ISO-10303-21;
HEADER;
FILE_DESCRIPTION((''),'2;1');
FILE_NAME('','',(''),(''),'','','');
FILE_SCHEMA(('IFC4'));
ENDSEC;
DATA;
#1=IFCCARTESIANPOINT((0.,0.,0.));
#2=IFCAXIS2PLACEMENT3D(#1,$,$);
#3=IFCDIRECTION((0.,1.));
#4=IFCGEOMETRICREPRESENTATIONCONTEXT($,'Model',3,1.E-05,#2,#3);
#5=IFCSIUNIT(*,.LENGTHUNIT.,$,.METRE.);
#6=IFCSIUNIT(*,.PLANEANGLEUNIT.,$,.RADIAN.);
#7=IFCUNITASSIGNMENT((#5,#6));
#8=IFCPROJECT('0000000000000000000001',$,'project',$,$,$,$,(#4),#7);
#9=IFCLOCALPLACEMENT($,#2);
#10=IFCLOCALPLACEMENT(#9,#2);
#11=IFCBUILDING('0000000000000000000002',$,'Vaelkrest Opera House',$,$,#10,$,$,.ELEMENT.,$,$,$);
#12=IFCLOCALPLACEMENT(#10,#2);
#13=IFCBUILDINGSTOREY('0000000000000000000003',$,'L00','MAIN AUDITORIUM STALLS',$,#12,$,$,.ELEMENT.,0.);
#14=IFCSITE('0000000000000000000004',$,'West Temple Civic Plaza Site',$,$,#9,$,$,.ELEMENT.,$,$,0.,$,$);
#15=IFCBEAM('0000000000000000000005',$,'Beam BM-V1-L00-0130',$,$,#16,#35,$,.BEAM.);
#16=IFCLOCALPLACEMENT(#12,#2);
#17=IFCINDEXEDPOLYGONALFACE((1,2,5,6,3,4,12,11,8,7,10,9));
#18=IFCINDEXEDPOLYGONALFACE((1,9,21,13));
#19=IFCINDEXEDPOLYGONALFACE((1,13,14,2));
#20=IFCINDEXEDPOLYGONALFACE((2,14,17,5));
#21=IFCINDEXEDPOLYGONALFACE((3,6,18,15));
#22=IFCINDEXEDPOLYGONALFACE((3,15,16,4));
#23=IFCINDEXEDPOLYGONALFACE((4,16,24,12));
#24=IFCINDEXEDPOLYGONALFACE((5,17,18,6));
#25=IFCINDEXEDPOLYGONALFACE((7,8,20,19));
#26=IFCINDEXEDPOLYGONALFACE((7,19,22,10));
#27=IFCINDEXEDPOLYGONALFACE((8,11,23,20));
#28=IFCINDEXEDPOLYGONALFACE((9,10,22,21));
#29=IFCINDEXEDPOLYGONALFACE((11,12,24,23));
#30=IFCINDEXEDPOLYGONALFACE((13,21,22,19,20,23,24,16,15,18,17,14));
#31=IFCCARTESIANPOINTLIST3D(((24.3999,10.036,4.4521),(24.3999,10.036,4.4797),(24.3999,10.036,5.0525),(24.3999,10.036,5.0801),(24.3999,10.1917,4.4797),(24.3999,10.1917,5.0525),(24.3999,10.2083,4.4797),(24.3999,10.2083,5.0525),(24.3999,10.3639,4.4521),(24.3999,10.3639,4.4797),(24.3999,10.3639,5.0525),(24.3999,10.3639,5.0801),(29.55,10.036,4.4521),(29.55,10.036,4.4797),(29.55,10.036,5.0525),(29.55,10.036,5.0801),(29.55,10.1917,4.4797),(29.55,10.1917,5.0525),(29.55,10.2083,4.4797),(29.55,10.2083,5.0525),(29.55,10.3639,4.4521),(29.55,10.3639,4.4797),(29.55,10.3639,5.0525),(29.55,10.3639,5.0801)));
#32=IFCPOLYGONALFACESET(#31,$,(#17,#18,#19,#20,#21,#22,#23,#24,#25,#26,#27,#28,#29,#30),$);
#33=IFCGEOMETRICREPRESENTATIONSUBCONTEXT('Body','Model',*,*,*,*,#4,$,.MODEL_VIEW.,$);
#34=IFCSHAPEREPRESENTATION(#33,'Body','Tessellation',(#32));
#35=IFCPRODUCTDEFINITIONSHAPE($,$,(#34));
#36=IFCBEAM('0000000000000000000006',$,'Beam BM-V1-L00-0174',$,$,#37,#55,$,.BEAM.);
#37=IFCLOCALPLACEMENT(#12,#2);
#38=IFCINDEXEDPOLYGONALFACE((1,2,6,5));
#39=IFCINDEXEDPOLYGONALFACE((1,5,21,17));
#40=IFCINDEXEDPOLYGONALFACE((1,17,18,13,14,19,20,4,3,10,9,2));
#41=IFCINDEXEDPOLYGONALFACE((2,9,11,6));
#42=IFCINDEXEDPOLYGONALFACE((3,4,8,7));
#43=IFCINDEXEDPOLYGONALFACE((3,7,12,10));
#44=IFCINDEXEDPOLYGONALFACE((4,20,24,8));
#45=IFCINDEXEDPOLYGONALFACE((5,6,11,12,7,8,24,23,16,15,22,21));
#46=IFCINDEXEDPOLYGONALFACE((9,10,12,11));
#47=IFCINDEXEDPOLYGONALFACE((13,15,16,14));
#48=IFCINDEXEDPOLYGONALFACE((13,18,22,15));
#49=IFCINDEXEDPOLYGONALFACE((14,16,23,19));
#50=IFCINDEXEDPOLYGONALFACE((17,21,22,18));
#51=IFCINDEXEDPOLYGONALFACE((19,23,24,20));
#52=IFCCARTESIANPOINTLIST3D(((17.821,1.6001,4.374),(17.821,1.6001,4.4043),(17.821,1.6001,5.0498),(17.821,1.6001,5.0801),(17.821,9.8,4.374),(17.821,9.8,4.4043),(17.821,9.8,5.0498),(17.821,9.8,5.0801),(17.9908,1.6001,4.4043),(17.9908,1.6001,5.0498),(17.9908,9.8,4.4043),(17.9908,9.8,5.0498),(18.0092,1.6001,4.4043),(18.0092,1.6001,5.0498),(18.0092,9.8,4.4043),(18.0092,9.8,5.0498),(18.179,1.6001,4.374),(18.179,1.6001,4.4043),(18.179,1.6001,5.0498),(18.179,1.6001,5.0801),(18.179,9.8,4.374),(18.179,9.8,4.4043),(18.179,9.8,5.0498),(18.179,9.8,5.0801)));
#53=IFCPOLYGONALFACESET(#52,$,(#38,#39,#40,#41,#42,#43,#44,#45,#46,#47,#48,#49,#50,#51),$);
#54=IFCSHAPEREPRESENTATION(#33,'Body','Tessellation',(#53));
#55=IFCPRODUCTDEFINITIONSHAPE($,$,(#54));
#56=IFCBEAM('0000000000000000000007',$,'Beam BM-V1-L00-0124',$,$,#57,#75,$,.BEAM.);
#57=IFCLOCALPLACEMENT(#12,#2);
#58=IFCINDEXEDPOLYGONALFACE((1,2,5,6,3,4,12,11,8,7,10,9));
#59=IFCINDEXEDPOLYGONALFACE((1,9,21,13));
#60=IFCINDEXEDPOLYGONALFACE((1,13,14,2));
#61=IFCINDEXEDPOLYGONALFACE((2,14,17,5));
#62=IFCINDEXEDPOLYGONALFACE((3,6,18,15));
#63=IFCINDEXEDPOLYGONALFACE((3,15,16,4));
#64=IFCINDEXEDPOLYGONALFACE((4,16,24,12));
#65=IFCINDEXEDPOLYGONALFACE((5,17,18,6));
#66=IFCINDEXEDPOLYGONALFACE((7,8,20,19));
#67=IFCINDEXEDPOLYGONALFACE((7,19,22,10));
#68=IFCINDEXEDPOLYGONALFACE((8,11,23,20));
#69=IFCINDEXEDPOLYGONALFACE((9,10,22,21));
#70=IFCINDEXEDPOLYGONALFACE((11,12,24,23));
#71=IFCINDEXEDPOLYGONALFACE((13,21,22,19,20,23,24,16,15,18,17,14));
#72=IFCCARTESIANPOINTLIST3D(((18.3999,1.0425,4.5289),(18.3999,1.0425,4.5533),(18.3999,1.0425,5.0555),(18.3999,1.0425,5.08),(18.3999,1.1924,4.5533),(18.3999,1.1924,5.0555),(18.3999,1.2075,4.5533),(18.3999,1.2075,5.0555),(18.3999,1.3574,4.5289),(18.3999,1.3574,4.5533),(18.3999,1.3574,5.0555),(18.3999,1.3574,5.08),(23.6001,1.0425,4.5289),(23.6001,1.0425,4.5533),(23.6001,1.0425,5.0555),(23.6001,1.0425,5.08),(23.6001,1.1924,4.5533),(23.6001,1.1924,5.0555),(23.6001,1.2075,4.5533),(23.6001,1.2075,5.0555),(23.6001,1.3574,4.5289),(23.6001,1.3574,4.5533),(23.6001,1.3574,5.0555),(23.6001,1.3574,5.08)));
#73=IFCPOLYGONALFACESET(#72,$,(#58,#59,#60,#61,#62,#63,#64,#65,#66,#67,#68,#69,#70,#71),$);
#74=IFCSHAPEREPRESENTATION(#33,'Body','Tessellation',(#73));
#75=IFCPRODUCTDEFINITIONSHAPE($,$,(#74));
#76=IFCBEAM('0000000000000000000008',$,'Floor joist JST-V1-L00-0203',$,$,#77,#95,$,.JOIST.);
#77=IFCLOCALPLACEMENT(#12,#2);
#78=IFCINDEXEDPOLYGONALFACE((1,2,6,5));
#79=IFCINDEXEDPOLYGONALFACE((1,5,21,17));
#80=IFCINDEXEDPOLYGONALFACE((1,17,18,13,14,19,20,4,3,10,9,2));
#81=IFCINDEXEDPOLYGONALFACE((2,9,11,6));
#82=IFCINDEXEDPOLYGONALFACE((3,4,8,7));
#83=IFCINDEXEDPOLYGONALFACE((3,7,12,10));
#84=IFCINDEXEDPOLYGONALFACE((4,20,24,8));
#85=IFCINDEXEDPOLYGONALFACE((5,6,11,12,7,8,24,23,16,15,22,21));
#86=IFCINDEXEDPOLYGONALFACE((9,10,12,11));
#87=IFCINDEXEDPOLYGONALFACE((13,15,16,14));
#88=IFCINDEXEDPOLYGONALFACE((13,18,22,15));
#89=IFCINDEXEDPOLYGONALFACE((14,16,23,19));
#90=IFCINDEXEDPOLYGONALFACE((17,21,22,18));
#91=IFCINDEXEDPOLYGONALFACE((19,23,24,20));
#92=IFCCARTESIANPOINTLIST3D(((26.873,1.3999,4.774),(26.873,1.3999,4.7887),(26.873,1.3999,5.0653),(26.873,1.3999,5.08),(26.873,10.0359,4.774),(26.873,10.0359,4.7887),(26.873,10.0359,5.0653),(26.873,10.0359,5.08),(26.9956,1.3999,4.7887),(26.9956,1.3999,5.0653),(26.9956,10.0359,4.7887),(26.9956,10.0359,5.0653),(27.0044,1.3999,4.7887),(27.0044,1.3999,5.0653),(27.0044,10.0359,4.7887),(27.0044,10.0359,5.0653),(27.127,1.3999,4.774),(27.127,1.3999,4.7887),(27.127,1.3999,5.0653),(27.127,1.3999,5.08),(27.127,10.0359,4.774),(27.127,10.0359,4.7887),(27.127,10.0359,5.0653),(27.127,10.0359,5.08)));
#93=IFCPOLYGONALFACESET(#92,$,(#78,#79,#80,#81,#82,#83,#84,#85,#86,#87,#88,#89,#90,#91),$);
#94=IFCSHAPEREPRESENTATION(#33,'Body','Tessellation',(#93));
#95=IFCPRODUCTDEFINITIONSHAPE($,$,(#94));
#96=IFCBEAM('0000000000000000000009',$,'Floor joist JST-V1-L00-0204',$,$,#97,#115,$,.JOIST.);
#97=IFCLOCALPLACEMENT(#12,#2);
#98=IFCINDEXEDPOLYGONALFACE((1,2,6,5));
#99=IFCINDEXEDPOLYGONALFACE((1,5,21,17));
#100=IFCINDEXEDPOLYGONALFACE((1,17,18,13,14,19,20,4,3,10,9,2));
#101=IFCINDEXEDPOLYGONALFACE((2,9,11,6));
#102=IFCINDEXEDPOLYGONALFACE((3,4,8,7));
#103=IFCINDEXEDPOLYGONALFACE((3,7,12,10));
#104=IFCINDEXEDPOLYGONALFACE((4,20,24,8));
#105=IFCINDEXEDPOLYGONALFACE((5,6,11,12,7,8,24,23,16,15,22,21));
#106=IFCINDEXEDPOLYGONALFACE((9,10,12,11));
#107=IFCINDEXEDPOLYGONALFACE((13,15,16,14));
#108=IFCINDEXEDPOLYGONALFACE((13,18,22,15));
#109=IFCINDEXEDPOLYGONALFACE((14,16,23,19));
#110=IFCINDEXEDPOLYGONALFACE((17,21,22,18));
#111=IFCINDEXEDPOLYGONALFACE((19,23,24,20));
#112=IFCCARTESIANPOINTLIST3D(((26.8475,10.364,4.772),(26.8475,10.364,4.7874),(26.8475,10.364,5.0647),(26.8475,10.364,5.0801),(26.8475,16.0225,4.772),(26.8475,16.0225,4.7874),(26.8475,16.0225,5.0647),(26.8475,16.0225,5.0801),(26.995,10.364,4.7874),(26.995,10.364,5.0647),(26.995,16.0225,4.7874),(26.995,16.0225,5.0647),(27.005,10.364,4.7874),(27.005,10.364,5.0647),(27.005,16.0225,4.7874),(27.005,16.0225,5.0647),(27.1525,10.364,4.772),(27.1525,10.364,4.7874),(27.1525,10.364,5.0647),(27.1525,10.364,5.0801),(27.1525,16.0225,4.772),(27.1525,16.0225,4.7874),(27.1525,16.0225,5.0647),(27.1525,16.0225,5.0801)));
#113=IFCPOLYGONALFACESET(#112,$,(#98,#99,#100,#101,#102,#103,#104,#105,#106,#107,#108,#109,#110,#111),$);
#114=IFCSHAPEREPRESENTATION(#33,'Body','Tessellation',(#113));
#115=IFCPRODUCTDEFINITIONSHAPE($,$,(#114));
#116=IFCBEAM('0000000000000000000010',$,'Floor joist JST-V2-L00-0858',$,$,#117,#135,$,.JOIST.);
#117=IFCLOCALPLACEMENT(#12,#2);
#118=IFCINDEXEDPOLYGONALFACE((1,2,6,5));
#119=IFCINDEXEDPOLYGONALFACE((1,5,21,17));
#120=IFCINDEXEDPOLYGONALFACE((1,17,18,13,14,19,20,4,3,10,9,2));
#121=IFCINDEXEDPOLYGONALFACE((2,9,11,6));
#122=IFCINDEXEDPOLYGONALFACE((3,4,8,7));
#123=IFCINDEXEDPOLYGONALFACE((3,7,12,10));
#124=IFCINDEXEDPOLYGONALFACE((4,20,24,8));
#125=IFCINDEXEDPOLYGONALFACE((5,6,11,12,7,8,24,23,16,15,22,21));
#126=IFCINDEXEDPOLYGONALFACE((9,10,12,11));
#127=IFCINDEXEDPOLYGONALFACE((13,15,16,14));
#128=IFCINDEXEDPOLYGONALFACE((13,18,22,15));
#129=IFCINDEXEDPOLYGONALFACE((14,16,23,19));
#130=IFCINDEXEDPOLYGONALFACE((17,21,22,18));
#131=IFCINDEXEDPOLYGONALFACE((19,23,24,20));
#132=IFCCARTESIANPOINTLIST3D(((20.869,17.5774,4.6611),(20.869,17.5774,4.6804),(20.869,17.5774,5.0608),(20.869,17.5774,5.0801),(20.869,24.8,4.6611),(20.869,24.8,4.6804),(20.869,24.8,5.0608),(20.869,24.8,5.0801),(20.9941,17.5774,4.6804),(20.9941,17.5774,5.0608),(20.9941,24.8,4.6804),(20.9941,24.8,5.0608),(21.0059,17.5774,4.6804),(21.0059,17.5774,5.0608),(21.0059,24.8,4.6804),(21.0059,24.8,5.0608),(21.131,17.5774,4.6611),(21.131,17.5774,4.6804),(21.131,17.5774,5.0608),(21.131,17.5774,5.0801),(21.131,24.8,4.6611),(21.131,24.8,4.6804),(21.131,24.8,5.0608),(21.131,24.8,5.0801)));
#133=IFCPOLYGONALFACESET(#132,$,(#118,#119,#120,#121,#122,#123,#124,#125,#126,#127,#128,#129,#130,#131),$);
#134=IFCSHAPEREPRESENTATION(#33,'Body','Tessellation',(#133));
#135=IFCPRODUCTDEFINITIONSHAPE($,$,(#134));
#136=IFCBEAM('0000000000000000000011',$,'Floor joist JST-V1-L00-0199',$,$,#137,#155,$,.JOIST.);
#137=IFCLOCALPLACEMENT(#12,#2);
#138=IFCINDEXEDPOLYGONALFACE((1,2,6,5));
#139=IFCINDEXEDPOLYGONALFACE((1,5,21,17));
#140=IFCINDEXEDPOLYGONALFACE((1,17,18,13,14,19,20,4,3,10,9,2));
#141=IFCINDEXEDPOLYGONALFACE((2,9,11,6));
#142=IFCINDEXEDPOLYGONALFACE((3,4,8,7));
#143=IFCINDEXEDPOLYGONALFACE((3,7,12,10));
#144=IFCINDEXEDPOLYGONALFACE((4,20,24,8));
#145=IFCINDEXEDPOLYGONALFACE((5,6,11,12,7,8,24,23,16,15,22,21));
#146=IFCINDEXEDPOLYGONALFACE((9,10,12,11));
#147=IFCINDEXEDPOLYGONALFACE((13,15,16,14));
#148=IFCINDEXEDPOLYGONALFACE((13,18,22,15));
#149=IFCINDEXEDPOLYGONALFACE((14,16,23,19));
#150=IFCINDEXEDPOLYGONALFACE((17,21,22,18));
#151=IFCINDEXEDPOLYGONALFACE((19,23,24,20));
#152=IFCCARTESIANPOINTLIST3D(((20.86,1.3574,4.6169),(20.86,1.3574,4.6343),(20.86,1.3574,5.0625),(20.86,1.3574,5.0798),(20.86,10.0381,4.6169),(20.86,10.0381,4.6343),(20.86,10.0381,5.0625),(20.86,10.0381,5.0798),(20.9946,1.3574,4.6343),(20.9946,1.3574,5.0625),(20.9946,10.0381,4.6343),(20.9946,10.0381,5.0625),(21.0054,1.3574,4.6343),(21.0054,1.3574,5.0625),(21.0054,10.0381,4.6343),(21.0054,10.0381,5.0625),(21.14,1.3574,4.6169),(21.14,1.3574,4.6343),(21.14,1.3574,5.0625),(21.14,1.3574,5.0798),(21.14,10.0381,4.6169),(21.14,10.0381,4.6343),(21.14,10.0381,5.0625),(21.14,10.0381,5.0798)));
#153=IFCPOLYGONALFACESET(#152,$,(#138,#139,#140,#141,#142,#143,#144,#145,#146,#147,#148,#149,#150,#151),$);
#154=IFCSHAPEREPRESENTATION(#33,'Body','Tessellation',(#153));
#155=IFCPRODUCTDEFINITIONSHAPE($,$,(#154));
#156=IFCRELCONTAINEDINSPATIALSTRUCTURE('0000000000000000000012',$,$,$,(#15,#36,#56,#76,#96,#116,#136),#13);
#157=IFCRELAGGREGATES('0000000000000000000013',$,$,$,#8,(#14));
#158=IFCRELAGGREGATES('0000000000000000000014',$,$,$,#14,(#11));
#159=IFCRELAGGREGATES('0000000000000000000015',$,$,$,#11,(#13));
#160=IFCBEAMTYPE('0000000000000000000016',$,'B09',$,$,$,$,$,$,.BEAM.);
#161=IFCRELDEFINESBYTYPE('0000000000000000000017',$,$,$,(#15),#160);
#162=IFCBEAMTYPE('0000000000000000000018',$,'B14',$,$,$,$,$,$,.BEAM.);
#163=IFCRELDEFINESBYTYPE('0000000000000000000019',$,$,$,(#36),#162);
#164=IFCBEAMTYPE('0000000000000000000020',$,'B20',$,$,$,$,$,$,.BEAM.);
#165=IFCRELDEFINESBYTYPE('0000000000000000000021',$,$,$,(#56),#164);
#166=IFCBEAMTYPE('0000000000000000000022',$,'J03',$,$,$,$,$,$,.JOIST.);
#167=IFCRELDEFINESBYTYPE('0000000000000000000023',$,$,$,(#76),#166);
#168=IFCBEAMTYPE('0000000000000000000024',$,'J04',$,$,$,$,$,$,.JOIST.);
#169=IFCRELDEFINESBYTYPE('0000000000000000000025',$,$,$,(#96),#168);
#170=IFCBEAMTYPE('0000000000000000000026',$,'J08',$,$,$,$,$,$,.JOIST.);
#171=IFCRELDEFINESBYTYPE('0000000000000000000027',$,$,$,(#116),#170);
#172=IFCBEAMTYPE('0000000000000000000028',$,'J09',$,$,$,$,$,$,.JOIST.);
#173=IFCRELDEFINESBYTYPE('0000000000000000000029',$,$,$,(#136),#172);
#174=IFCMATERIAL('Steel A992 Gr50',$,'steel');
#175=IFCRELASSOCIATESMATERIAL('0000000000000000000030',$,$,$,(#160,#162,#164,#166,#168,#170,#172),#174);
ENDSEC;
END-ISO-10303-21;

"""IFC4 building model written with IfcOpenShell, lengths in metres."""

from ifc_helpers import new_model, si_unit, direction, frame, origin, origin_2d, place, context, subcontext, project, spatial, i_section, extrude, material, material_profile, profile_set, type_object, element, save


model = new_model("IFC4")

# Units and contexts
model_context = context("Model", 3, precision=1e-05, world=origin(), true_north=direction((0.0, 1.0)))
body_context = subcontext(model_context, "Body", "Model", "MODEL_VIEW")
ifc_project = project(units=[si_unit("LENGTHUNIT", "METRE"), si_unit("PLANEANGLEUNIT", "RADIAN")], contexts=[model_context])

# Site, building, storey
site_placement = place(None, origin())
site = spatial("IfcSite", under=ifc_project, at=site_placement, Name="West Temple Civic Plaza Site", CompositionType="ELEMENT", RefElevation=0.0)
building_placement = place(site_placement, origin())
building = spatial("IfcBuilding", under=site, at=building_placement, Name="Vaelkrest Opera House", CompositionType="ELEMENT")
storey_placement = place(building_placement, origin())
storey = spatial("IfcBuildingStorey", under=building, at=storey_placement, Name="L00", Description="MAIN AUDITORIUM STALLS", CompositionType="ELEMENT", Elevation=0.0)

# Beams
ifc_material_1 = material(Name="Steel A992 Gr50", Category="steel")
ifc_material_profile_1 = material_profile(ifc_material_1, i_section(OverallWidth=0.3279, OverallDepth=0.6279, WebThickness=0.0166, FlangeThickness=0.0276, at=origin_2d()), Name="W24X146")
ifc_profile_set_1 = profile_set([ifc_material_profile_1], Name="Steel A992 Gr50")
beam_type_1 = type_object("IfcBeamType", Name="B09", PredefinedType="BEAM", material=ifc_profile_set_1)
beam_1_placement = place(storey_placement, frame((24.3999, 10.2, 4.7661), z_axis=(1.0, 0.0, 0.0), x_axis=(0.0, 1.0, 0.0)))
element("IfcBeam", 1, at=beam_1_placement, inside=storey, type_object=beam_type_1, Name="Beam BM-V1-L00-0130", PredefinedType="BEAM", context=body_context, shape_type="SweptSolid", body=[
    extrude(i_section(OverallWidth=0.3279, OverallDepth=0.6279, WebThickness=0.0166, FlangeThickness=0.0276, at=origin_2d()), origin(), (0.0, 0.0, 1.0), 5.1501),
])
ifc_material_profile_2 = material_profile(ifc_material_1, i_section(OverallWidth=0.3579, OverallDepth=0.7061, WebThickness=0.0183, FlangeThickness=0.0303, at=origin_2d()), Name="W27X178")
ifc_profile_set_2 = profile_set([ifc_material_profile_2], Name="Steel A992 Gr50")
beam_type_2 = type_object("IfcBeamType", Name="B14", PredefinedType="BEAM", material=ifc_profile_set_2)
beam_2_placement = place(storey_placement, frame((18.0, 1.6001, 4.7271), z_axis=(0.0, 1.0, 0.0), x_axis=(-1.0, 0.0, 0.0)))
element("IfcBeam", 2, at=beam_2_placement, inside=storey, type_object=beam_type_2, Name="Beam BM-V1-L00-0174", PredefinedType="BEAM", context=body_context, shape_type="SweptSolid", body=[
    extrude(i_section(OverallWidth=0.3579, OverallDepth=0.7061, WebThickness=0.0183, FlangeThickness=0.0303, at=origin_2d()), origin(), (0.0, 0.0, 1.0), 8.2),
])
ifc_material_profile_3 = material_profile(ifc_material_1, i_section(OverallWidth=0.3149, OverallDepth=0.551, WebThickness=0.0151, FlangeThickness=0.0244, at=origin_2d()), Name="W21X122")
ifc_profile_set_3 = profile_set([ifc_material_profile_3], Name="Steel A992 Gr50")
beam_type_3 = type_object("IfcBeamType", Name="B20", PredefinedType="BEAM", material=ifc_profile_set_3)
beam_3_placement = place(storey_placement, frame((18.3999, 1.2, 4.8044), z_axis=(1.0, 0.0, 0.0), x_axis=(0.0, 1.0, 0.0)))
element("IfcBeam", 3, at=beam_3_placement, inside=storey, type_object=beam_type_3, Name="Beam BM-V1-L00-0124", PredefinedType="BEAM", context=body_context, shape_type="SweptSolid", body=[
    extrude(i_section(OverallWidth=0.3149, OverallDepth=0.551, WebThickness=0.0151, FlangeThickness=0.0244, at=origin_2d()), origin(), (0.0, 0.0, 1.0), 5.2002),
])
ifc_material_profile_4 = material_profile(ifc_material_1, i_section(OverallWidth=0.2539, OverallDepth=0.3059, WebThickness=0.0088, FlangeThickness=0.0146, at=origin_2d()), Name="W12X53")
ifc_profile_set_4 = profile_set([ifc_material_profile_4], Name="Steel A992 Gr50")
beam_type_4 = type_object("IfcBeamType", Name="J03", PredefinedType="JOIST", material=ifc_profile_set_4)
beam_4_placement = place(storey_placement, frame((27.0, 1.3999, 4.927), z_axis=(0.0, 1.0, 0.0), x_axis=(-1.0, 0.0, 0.0)))
element("IfcBeam", 4, at=beam_4_placement, inside=storey, type_object=beam_type_4, Name="Floor joist JST-V1-L00-0203", PredefinedType="JOIST", context=body_context, shape_type="SweptSolid", body=[
    extrude(i_section(OverallWidth=0.2539, OverallDepth=0.3059, WebThickness=0.0088, FlangeThickness=0.0146, at=origin_2d()), origin(), (0.0, 0.0, 1.0), 8.636),
])
ifc_material_profile_5 = material_profile(ifc_material_1, i_section(OverallWidth=0.3049, OverallDepth=0.3081, WebThickness=0.01, FlangeThickness=0.0154, at=origin_2d()), Name="W12X65")
ifc_profile_set_5 = profile_set([ifc_material_profile_5], Name="Steel A992 Gr50")
beam_type_5 = type_object("IfcBeamType", Name="J04", PredefinedType="JOIST", material=ifc_profile_set_5)
beam_5_placement = place(storey_placement, frame((27.0, 10.364, 4.926), z_axis=(0.0, 1.0, 0.0), x_axis=(-1.0, 0.0, 0.0)))
element("IfcBeam", 5, at=beam_5_placement, inside=storey, type_object=beam_type_5, Name="Floor joist JST-V1-L00-0204", PredefinedType="JOIST", context=body_context, shape_type="SweptSolid", body=[
    extrude(i_section(OverallWidth=0.3049, OverallDepth=0.3081, WebThickness=0.01, FlangeThickness=0.0154, at=origin_2d()), origin(), (0.0, 0.0, 1.0), 5.6584),
])
ifc_material_profile_6 = material_profile(ifc_material_1, i_section(OverallWidth=0.262, OverallDepth=0.4189, WebThickness=0.0117, FlangeThickness=0.0193, at=origin_2d()), Name="W16X77")
ifc_profile_set_6 = profile_set([ifc_material_profile_6], Name="Steel A992 Gr50")
beam_type_6 = type_object("IfcBeamType", Name="J08", PredefinedType="JOIST", material=ifc_profile_set_6)
beam_6_placement = place(storey_placement, frame((21.0, 17.5774, 4.8706), z_axis=(0.0, 1.0, 0.0), x_axis=(-1.0, 0.0, 0.0)))
element("IfcBeam", 6, at=beam_6_placement, inside=storey, type_object=beam_type_6, Name="Floor joist JST-V2-L00-0858", PredefinedType="JOIST", context=body_context, shape_type="SweptSolid", body=[
    extrude(i_section(OverallWidth=0.262, OverallDepth=0.4189, WebThickness=0.0117, FlangeThickness=0.0193, at=origin_2d()), origin(), (0.0, 0.0, 1.0), 7.2227),
])
ifc_material_profile_7 = material_profile(ifc_material_1, i_section(OverallWidth=0.28, OverallDepth=0.4629, WebThickness=0.0107, FlangeThickness=0.0173, at=origin_2d()), Name="W18X76")
ifc_profile_set_7 = profile_set([ifc_material_profile_7], Name="Steel A992 Gr50")
beam_type_7 = type_object("IfcBeamType", Name="J09", PredefinedType="JOIST", material=ifc_profile_set_7)
beam_7_placement = place(storey_placement, frame((21.0, 1.3574, 4.8484), z_axis=(0.0, 1.0, 0.0), x_axis=(-1.0, 0.0, 0.0)))
element("IfcBeam", 7, at=beam_7_placement, inside=storey, type_object=beam_type_7, Name="Floor joist JST-V1-L00-0199", PredefinedType="JOIST", context=body_context, shape_type="SweptSolid", body=[
    extrude(i_section(OverallWidth=0.28, OverallDepth=0.4629, WebThickness=0.0107, FlangeThickness=0.0173, at=origin_2d()), origin(), (0.0, 0.0, 1.0), 8.6807),
])

save(model, "model.ifc")
